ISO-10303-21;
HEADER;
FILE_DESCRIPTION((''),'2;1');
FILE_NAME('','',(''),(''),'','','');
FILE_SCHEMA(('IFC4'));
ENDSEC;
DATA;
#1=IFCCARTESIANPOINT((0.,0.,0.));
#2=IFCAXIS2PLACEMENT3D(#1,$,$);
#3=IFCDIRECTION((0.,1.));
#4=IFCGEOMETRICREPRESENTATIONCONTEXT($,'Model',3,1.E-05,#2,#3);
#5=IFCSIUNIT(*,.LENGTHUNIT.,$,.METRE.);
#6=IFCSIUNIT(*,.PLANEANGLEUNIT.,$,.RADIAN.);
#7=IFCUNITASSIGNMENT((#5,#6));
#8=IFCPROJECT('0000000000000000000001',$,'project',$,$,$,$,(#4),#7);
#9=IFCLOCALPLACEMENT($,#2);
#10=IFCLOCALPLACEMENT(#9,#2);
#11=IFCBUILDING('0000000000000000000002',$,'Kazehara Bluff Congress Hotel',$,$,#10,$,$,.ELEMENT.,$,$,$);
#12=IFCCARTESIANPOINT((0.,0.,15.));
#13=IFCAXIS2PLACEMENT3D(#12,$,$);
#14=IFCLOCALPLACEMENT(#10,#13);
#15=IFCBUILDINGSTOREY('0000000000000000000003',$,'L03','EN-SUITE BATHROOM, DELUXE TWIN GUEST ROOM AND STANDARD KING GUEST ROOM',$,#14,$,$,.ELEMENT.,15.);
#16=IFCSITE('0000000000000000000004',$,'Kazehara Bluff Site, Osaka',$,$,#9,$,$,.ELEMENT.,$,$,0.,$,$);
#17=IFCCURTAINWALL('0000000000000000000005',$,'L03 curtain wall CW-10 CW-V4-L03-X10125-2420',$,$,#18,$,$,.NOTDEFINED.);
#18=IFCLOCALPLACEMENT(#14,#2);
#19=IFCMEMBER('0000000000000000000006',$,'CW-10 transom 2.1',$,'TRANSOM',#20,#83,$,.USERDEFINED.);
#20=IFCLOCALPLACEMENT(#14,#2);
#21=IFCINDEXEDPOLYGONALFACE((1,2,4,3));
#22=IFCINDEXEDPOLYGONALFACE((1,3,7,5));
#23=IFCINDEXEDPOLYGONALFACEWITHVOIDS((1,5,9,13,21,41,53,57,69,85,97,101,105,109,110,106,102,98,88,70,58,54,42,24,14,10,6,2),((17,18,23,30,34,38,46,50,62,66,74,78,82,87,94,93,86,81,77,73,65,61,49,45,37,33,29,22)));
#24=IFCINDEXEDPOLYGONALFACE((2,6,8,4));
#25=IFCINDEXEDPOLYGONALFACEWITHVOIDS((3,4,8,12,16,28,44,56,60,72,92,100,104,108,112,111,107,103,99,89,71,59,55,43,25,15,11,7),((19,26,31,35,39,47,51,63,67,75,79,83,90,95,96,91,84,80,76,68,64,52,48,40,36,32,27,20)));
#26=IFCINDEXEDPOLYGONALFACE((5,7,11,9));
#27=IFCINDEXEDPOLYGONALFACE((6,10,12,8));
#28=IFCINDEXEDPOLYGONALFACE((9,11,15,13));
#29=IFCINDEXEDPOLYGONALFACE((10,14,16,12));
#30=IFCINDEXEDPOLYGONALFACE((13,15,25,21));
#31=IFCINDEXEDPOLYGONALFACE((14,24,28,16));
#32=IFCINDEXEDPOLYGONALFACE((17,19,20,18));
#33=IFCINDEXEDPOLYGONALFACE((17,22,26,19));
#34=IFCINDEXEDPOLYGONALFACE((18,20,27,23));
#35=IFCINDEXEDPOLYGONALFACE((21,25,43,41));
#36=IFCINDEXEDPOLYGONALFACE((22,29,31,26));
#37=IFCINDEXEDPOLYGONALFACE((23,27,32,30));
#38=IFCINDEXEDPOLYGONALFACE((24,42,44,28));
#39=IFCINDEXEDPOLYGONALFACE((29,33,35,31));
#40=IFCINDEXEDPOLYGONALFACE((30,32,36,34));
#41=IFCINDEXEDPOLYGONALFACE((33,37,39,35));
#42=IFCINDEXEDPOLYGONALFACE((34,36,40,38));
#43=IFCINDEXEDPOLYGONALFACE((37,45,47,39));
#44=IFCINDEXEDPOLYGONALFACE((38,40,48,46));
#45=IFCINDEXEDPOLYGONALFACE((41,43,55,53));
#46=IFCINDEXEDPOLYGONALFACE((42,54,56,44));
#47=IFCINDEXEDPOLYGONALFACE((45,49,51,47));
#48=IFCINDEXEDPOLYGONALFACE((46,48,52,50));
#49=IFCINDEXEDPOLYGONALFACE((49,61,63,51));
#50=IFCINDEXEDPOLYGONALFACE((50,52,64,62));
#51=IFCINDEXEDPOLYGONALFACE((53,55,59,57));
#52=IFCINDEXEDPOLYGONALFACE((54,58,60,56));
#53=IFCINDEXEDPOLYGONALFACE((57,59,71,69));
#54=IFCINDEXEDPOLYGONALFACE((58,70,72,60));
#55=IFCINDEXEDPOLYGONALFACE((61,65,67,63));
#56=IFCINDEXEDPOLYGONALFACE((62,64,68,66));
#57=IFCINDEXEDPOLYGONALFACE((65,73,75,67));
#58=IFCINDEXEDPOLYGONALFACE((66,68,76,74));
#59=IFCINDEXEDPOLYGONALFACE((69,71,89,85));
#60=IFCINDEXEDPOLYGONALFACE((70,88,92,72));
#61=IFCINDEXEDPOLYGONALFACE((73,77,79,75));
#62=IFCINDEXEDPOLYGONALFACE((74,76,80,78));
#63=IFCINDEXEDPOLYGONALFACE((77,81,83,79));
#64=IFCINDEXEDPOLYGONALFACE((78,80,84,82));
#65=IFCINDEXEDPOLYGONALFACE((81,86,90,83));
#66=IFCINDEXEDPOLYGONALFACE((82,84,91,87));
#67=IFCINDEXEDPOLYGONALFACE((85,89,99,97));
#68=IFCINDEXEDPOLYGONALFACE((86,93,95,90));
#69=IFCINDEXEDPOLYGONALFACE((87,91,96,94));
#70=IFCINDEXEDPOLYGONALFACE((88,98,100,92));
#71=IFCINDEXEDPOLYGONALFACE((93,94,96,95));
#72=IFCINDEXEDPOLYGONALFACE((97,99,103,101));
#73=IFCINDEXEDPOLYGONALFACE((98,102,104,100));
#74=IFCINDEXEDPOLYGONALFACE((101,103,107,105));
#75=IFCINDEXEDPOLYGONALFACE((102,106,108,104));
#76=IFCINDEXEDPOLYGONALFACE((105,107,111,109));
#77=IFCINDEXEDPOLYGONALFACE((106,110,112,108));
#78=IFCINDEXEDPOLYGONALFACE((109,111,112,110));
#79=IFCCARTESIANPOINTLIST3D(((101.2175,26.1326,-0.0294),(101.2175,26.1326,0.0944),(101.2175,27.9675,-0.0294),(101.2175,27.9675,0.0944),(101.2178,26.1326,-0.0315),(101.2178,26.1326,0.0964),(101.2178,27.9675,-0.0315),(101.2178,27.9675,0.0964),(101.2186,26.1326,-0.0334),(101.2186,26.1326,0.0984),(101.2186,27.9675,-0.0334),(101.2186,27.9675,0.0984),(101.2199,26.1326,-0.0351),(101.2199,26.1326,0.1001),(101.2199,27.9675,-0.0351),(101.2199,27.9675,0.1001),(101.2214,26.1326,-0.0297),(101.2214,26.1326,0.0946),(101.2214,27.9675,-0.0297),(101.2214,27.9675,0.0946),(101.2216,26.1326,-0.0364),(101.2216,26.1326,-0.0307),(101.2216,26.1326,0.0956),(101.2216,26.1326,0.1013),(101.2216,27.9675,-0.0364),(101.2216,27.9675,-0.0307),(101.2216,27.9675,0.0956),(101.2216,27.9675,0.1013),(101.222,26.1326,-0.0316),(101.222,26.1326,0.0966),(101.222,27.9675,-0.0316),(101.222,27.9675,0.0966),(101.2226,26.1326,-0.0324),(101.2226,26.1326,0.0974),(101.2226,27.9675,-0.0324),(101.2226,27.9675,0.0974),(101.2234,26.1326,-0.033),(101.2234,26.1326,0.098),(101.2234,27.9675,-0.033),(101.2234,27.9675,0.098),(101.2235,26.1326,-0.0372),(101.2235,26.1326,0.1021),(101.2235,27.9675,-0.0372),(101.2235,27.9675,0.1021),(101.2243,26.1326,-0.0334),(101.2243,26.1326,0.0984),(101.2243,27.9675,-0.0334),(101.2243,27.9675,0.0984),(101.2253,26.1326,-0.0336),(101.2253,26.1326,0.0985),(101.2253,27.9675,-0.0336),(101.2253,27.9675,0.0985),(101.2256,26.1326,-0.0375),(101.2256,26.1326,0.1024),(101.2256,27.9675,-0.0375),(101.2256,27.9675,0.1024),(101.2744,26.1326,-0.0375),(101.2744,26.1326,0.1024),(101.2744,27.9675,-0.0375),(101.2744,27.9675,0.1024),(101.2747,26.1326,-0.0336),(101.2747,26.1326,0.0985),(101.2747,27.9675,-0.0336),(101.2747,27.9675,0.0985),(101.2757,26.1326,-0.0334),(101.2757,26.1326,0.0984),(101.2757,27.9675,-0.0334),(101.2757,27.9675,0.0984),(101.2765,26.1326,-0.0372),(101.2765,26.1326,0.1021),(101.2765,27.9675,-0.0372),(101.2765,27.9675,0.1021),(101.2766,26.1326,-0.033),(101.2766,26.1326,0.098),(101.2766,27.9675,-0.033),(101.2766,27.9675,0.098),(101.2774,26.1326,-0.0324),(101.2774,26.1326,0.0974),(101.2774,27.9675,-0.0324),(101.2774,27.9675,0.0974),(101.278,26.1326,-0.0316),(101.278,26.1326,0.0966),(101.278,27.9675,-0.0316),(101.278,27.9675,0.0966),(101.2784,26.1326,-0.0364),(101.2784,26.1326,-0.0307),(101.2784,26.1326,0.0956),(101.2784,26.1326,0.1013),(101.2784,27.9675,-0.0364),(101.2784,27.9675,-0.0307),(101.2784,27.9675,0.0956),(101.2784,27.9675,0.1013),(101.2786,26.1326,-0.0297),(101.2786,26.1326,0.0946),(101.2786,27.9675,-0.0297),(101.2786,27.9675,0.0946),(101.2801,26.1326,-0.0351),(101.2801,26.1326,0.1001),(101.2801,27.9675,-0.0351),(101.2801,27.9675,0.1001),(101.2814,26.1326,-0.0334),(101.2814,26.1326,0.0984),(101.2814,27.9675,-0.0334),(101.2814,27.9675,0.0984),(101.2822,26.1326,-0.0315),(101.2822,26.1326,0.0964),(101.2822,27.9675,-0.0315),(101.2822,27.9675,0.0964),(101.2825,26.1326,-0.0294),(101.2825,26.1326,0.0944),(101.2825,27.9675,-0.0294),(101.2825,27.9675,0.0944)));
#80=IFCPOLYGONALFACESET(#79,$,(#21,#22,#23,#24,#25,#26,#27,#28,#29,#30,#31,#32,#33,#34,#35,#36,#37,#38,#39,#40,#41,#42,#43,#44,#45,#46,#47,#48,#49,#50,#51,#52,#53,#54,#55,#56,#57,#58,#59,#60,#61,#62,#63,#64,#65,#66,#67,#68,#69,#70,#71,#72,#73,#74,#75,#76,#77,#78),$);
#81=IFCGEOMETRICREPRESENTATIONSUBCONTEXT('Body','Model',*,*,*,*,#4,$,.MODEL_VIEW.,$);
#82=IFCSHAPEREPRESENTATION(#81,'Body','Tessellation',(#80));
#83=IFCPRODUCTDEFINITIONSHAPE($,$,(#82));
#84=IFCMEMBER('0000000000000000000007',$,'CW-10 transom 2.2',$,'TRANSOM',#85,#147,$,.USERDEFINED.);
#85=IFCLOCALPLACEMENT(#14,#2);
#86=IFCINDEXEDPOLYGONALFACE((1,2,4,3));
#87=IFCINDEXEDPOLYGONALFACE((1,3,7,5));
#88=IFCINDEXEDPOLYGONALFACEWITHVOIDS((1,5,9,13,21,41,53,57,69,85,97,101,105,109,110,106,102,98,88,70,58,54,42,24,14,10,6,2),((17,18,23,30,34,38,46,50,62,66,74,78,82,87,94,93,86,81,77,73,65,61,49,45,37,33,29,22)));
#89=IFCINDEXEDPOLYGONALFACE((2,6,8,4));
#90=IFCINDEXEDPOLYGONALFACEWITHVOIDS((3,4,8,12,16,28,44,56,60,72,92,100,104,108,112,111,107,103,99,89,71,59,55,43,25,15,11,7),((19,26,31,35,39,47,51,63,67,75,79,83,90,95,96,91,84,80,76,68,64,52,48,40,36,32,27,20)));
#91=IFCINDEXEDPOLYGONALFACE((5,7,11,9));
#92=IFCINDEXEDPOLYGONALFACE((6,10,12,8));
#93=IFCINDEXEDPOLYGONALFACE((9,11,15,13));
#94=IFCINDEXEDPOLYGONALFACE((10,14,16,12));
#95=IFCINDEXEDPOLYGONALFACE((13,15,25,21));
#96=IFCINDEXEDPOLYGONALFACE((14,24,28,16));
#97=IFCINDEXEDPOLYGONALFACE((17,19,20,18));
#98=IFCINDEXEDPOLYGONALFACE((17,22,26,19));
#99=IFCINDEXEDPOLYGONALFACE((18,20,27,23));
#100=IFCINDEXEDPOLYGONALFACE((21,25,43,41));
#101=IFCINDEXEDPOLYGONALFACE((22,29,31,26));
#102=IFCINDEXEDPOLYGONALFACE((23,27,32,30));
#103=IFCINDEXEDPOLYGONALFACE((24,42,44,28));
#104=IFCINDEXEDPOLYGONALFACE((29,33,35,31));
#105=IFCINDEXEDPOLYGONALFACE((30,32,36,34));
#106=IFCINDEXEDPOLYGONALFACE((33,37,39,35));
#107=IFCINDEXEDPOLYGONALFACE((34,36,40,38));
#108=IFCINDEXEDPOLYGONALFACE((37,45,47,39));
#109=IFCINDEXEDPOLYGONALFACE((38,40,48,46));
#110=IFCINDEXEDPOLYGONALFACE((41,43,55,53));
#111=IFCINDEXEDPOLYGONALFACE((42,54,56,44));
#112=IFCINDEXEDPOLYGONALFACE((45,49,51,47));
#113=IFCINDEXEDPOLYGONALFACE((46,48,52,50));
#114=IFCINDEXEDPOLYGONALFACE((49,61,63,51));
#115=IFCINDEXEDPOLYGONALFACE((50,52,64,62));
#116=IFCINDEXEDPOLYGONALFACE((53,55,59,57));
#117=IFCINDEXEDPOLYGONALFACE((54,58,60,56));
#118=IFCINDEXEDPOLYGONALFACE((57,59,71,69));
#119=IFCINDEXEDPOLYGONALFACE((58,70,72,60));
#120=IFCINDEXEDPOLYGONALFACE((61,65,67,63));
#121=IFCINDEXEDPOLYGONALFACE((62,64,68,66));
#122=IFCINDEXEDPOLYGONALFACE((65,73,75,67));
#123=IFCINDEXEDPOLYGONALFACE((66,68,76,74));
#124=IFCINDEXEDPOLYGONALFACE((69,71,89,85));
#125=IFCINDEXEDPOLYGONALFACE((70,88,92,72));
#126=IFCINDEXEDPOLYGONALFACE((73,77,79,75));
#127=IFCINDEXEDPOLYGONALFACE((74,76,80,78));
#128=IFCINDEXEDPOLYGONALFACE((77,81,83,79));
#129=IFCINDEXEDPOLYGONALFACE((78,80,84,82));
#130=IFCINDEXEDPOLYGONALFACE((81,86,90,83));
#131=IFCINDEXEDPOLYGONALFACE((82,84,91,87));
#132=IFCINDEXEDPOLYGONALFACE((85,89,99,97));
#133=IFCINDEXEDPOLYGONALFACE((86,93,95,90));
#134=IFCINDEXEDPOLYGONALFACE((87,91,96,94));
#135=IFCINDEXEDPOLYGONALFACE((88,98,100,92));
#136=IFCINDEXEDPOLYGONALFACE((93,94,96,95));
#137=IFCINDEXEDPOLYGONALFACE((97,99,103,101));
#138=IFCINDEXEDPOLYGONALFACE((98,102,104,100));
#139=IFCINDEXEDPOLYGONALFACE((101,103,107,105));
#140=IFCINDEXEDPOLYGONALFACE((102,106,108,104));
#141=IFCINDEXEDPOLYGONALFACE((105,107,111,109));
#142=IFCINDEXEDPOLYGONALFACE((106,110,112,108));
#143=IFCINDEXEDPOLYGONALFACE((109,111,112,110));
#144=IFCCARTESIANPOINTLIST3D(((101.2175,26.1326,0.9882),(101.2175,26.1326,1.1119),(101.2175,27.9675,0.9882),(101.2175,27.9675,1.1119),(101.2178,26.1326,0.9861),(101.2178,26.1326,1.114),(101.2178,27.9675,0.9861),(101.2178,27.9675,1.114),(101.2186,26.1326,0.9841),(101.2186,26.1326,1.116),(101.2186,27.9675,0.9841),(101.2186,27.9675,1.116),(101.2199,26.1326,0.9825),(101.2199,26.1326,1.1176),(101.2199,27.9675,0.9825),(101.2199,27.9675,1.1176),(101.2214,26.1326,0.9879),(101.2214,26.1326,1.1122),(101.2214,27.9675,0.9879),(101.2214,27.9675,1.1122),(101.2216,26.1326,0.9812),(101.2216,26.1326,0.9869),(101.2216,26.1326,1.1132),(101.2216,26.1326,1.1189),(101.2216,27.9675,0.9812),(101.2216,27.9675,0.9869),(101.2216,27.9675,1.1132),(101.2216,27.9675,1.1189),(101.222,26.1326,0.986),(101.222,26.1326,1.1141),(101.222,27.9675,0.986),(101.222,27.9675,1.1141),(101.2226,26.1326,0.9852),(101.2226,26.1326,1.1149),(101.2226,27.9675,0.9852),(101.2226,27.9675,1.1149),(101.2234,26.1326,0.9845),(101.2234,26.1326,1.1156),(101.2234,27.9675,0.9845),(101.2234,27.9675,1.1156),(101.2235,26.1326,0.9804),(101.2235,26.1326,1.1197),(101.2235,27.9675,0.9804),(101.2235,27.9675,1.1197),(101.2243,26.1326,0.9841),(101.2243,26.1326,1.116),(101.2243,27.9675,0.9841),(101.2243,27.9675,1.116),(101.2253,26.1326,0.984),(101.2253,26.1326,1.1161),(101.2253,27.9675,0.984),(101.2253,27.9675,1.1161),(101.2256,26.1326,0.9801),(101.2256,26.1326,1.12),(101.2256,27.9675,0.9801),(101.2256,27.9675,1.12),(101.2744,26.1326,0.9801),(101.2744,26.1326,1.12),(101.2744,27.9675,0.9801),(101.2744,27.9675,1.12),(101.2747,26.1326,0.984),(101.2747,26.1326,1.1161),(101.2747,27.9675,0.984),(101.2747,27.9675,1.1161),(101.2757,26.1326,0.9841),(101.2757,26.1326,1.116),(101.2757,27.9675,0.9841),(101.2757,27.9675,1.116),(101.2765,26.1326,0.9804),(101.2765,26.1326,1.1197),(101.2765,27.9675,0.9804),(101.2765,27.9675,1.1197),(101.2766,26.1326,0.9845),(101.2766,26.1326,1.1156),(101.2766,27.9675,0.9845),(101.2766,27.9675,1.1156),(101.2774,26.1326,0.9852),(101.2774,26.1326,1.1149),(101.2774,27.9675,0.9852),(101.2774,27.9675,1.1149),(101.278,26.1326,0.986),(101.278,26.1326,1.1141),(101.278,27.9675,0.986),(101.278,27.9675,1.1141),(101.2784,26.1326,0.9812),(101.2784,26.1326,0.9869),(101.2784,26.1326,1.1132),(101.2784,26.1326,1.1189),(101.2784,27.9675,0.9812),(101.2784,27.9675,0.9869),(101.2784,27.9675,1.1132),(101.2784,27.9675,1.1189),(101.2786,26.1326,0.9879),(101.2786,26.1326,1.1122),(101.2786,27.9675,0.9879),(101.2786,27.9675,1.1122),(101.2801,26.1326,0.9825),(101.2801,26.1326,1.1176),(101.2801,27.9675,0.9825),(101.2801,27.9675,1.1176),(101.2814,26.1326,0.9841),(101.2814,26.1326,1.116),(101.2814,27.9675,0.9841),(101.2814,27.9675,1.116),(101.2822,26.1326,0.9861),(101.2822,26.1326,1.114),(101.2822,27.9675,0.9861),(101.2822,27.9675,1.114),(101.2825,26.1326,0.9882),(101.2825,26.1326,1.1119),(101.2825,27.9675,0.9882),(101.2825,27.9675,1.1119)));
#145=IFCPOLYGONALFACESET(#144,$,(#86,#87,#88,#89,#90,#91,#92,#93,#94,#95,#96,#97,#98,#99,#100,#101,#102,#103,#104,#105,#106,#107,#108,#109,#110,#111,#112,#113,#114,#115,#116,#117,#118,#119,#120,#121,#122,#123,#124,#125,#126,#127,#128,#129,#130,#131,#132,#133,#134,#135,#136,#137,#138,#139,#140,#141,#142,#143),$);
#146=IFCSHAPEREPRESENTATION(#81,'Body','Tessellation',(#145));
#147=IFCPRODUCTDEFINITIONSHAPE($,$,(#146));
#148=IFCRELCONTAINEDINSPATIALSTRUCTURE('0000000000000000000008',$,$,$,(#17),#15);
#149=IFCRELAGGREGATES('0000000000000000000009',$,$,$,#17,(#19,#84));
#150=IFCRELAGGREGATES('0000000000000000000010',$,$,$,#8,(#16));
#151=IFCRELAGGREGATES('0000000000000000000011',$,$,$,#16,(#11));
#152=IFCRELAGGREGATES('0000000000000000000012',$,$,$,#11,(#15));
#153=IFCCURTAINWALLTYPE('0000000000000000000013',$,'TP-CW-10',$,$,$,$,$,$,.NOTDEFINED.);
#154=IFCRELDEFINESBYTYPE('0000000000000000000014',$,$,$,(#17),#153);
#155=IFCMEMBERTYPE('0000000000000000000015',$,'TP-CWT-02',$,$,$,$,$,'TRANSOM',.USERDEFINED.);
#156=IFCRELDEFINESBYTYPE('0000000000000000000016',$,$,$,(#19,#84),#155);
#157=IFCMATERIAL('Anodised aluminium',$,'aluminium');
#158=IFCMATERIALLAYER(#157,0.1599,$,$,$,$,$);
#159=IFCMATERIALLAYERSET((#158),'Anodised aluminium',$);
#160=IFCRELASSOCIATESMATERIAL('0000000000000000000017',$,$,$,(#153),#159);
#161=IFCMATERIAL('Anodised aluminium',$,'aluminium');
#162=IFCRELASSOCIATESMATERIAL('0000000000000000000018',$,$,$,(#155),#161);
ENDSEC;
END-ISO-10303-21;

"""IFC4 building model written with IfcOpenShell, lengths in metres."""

from ifc_helpers import new_model, si_unit, direction, frame, origin, origin_2d, place, context, subcontext, project, spatial, hollow_rectangle, extrude, material, layer, layer_set, material_profile, profile_set, type_object, element, aggregate, save


model = new_model("IFC4")

# Units and contexts
model_context = context("Model", 3, precision=1e-05, world=origin(), true_north=direction((0.0, 1.0)))
body_context = subcontext(model_context, "Body", "Model", "MODEL_VIEW")
ifc_project = project(units=[si_unit("LENGTHUNIT", "METRE"), si_unit("PLANEANGLEUNIT", "RADIAN")], contexts=[model_context])

# Site, building, storey
site_placement = place(None, origin())
site = spatial("IfcSite", under=ifc_project, at=site_placement, Name="Kazehara Bluff Site, Osaka", CompositionType="ELEMENT", RefElevation=0.0)
building_placement = place(site_placement, origin())
building = spatial("IfcBuilding", under=site, at=building_placement, Name="Kazehara Bluff Congress Hotel", CompositionType="ELEMENT")
storey_placement = place(building_placement, frame((0.0, 0.0, 15.0)))
storey = spatial("IfcBuildingStorey", under=building, at=storey_placement, Name="L03", Description="EN-SUITE BATHROOM, DELUXE TWIN GUEST ROOM AND STANDARD KING GUEST ROOM", CompositionType="ELEMENT", Elevation=15.0)

# Curtain wall, members
ifc_material_1 = material(Name="Anodised aluminium", Category="aluminium")
ifc_layer_1 = layer(ifc_material_1, 0.1599)
ifc_layer_set_1 = layer_set([ifc_layer_1], Name="Anodised aluminium")
curtain_wall_type = type_object("IfcCurtainWallType", Name="TP-CW-10", PredefinedType="NOTDEFINED", material=ifc_layer_set_1)
curtain_wall_placement = place(storey_placement, origin())
curtain_wall = element("IfcCurtainWall", 1, at=curtain_wall_placement, inside=storey, type_object=curtain_wall_type, Name="L03 curtain wall CW-10 CW-V4-L03-X10125-2420", PredefinedType="NOTDEFINED")
ifc_material_2 = material(Name="Anodised aluminium", Category="aluminium")
ifc_material_profile_1 = material_profile(ifc_material_2, hollow_rectangle(XDim=0.0649, YDim=0.1399, WallThickness=0.0039, InnerFilletRadius=0.0039, OuterFilletRadius=0.0081, at=origin_2d()))
ifc_profile_set_1 = profile_set([ifc_material_profile_1], Name="Anodised aluminium")
member_type_1 = type_object("IfcMemberType", Name="TP-CWT-02", ElementType="TRANSOM", PredefinedType="USERDEFINED", material=ifc_profile_set_1)
member_1_placement = place(storey_placement, frame((101.25, 26.1326, 0.0325), z_axis=(0.0, 1.0, 0.0), x_axis=(-1.0, 0.0, 0.0)))
member_1 = element("IfcMember", 2, at=member_1_placement, type_object=member_type_1, Name="CW-10 transom 2.1", ObjectType="TRANSOM", PredefinedType="USERDEFINED", context=body_context, shape_type="SweptSolid", body=[
    extrude(hollow_rectangle(XDim=0.0649, YDim=0.1399, WallThickness=0.0039, InnerFilletRadius=0.0039, OuterFilletRadius=0.0081, at=origin_2d()), origin(), (0.0, 0.0, 1.0), 1.835),
])
member_2_placement = place(storey_placement, frame((101.25, 26.1326, 1.05), z_axis=(0.0, 1.0, 0.0), x_axis=(-1.0, 0.0, 0.0)))
member_2 = element("IfcMember", 3, at=member_2_placement, type_object=member_type_1, Name="CW-10 transom 2.2", ObjectType="TRANSOM", PredefinedType="USERDEFINED", context=body_context, shape_type="SweptSolid", body=[
    extrude(hollow_rectangle(XDim=0.0649, YDim=0.1399, WallThickness=0.0039, InnerFilletRadius=0.0039, OuterFilletRadius=0.0081, at=origin_2d()), origin(), (0.0, 0.0, 1.0), 1.835),
])

aggregate(curtain_wall, [member_1, member_2])

save(model, "model.ifc")
